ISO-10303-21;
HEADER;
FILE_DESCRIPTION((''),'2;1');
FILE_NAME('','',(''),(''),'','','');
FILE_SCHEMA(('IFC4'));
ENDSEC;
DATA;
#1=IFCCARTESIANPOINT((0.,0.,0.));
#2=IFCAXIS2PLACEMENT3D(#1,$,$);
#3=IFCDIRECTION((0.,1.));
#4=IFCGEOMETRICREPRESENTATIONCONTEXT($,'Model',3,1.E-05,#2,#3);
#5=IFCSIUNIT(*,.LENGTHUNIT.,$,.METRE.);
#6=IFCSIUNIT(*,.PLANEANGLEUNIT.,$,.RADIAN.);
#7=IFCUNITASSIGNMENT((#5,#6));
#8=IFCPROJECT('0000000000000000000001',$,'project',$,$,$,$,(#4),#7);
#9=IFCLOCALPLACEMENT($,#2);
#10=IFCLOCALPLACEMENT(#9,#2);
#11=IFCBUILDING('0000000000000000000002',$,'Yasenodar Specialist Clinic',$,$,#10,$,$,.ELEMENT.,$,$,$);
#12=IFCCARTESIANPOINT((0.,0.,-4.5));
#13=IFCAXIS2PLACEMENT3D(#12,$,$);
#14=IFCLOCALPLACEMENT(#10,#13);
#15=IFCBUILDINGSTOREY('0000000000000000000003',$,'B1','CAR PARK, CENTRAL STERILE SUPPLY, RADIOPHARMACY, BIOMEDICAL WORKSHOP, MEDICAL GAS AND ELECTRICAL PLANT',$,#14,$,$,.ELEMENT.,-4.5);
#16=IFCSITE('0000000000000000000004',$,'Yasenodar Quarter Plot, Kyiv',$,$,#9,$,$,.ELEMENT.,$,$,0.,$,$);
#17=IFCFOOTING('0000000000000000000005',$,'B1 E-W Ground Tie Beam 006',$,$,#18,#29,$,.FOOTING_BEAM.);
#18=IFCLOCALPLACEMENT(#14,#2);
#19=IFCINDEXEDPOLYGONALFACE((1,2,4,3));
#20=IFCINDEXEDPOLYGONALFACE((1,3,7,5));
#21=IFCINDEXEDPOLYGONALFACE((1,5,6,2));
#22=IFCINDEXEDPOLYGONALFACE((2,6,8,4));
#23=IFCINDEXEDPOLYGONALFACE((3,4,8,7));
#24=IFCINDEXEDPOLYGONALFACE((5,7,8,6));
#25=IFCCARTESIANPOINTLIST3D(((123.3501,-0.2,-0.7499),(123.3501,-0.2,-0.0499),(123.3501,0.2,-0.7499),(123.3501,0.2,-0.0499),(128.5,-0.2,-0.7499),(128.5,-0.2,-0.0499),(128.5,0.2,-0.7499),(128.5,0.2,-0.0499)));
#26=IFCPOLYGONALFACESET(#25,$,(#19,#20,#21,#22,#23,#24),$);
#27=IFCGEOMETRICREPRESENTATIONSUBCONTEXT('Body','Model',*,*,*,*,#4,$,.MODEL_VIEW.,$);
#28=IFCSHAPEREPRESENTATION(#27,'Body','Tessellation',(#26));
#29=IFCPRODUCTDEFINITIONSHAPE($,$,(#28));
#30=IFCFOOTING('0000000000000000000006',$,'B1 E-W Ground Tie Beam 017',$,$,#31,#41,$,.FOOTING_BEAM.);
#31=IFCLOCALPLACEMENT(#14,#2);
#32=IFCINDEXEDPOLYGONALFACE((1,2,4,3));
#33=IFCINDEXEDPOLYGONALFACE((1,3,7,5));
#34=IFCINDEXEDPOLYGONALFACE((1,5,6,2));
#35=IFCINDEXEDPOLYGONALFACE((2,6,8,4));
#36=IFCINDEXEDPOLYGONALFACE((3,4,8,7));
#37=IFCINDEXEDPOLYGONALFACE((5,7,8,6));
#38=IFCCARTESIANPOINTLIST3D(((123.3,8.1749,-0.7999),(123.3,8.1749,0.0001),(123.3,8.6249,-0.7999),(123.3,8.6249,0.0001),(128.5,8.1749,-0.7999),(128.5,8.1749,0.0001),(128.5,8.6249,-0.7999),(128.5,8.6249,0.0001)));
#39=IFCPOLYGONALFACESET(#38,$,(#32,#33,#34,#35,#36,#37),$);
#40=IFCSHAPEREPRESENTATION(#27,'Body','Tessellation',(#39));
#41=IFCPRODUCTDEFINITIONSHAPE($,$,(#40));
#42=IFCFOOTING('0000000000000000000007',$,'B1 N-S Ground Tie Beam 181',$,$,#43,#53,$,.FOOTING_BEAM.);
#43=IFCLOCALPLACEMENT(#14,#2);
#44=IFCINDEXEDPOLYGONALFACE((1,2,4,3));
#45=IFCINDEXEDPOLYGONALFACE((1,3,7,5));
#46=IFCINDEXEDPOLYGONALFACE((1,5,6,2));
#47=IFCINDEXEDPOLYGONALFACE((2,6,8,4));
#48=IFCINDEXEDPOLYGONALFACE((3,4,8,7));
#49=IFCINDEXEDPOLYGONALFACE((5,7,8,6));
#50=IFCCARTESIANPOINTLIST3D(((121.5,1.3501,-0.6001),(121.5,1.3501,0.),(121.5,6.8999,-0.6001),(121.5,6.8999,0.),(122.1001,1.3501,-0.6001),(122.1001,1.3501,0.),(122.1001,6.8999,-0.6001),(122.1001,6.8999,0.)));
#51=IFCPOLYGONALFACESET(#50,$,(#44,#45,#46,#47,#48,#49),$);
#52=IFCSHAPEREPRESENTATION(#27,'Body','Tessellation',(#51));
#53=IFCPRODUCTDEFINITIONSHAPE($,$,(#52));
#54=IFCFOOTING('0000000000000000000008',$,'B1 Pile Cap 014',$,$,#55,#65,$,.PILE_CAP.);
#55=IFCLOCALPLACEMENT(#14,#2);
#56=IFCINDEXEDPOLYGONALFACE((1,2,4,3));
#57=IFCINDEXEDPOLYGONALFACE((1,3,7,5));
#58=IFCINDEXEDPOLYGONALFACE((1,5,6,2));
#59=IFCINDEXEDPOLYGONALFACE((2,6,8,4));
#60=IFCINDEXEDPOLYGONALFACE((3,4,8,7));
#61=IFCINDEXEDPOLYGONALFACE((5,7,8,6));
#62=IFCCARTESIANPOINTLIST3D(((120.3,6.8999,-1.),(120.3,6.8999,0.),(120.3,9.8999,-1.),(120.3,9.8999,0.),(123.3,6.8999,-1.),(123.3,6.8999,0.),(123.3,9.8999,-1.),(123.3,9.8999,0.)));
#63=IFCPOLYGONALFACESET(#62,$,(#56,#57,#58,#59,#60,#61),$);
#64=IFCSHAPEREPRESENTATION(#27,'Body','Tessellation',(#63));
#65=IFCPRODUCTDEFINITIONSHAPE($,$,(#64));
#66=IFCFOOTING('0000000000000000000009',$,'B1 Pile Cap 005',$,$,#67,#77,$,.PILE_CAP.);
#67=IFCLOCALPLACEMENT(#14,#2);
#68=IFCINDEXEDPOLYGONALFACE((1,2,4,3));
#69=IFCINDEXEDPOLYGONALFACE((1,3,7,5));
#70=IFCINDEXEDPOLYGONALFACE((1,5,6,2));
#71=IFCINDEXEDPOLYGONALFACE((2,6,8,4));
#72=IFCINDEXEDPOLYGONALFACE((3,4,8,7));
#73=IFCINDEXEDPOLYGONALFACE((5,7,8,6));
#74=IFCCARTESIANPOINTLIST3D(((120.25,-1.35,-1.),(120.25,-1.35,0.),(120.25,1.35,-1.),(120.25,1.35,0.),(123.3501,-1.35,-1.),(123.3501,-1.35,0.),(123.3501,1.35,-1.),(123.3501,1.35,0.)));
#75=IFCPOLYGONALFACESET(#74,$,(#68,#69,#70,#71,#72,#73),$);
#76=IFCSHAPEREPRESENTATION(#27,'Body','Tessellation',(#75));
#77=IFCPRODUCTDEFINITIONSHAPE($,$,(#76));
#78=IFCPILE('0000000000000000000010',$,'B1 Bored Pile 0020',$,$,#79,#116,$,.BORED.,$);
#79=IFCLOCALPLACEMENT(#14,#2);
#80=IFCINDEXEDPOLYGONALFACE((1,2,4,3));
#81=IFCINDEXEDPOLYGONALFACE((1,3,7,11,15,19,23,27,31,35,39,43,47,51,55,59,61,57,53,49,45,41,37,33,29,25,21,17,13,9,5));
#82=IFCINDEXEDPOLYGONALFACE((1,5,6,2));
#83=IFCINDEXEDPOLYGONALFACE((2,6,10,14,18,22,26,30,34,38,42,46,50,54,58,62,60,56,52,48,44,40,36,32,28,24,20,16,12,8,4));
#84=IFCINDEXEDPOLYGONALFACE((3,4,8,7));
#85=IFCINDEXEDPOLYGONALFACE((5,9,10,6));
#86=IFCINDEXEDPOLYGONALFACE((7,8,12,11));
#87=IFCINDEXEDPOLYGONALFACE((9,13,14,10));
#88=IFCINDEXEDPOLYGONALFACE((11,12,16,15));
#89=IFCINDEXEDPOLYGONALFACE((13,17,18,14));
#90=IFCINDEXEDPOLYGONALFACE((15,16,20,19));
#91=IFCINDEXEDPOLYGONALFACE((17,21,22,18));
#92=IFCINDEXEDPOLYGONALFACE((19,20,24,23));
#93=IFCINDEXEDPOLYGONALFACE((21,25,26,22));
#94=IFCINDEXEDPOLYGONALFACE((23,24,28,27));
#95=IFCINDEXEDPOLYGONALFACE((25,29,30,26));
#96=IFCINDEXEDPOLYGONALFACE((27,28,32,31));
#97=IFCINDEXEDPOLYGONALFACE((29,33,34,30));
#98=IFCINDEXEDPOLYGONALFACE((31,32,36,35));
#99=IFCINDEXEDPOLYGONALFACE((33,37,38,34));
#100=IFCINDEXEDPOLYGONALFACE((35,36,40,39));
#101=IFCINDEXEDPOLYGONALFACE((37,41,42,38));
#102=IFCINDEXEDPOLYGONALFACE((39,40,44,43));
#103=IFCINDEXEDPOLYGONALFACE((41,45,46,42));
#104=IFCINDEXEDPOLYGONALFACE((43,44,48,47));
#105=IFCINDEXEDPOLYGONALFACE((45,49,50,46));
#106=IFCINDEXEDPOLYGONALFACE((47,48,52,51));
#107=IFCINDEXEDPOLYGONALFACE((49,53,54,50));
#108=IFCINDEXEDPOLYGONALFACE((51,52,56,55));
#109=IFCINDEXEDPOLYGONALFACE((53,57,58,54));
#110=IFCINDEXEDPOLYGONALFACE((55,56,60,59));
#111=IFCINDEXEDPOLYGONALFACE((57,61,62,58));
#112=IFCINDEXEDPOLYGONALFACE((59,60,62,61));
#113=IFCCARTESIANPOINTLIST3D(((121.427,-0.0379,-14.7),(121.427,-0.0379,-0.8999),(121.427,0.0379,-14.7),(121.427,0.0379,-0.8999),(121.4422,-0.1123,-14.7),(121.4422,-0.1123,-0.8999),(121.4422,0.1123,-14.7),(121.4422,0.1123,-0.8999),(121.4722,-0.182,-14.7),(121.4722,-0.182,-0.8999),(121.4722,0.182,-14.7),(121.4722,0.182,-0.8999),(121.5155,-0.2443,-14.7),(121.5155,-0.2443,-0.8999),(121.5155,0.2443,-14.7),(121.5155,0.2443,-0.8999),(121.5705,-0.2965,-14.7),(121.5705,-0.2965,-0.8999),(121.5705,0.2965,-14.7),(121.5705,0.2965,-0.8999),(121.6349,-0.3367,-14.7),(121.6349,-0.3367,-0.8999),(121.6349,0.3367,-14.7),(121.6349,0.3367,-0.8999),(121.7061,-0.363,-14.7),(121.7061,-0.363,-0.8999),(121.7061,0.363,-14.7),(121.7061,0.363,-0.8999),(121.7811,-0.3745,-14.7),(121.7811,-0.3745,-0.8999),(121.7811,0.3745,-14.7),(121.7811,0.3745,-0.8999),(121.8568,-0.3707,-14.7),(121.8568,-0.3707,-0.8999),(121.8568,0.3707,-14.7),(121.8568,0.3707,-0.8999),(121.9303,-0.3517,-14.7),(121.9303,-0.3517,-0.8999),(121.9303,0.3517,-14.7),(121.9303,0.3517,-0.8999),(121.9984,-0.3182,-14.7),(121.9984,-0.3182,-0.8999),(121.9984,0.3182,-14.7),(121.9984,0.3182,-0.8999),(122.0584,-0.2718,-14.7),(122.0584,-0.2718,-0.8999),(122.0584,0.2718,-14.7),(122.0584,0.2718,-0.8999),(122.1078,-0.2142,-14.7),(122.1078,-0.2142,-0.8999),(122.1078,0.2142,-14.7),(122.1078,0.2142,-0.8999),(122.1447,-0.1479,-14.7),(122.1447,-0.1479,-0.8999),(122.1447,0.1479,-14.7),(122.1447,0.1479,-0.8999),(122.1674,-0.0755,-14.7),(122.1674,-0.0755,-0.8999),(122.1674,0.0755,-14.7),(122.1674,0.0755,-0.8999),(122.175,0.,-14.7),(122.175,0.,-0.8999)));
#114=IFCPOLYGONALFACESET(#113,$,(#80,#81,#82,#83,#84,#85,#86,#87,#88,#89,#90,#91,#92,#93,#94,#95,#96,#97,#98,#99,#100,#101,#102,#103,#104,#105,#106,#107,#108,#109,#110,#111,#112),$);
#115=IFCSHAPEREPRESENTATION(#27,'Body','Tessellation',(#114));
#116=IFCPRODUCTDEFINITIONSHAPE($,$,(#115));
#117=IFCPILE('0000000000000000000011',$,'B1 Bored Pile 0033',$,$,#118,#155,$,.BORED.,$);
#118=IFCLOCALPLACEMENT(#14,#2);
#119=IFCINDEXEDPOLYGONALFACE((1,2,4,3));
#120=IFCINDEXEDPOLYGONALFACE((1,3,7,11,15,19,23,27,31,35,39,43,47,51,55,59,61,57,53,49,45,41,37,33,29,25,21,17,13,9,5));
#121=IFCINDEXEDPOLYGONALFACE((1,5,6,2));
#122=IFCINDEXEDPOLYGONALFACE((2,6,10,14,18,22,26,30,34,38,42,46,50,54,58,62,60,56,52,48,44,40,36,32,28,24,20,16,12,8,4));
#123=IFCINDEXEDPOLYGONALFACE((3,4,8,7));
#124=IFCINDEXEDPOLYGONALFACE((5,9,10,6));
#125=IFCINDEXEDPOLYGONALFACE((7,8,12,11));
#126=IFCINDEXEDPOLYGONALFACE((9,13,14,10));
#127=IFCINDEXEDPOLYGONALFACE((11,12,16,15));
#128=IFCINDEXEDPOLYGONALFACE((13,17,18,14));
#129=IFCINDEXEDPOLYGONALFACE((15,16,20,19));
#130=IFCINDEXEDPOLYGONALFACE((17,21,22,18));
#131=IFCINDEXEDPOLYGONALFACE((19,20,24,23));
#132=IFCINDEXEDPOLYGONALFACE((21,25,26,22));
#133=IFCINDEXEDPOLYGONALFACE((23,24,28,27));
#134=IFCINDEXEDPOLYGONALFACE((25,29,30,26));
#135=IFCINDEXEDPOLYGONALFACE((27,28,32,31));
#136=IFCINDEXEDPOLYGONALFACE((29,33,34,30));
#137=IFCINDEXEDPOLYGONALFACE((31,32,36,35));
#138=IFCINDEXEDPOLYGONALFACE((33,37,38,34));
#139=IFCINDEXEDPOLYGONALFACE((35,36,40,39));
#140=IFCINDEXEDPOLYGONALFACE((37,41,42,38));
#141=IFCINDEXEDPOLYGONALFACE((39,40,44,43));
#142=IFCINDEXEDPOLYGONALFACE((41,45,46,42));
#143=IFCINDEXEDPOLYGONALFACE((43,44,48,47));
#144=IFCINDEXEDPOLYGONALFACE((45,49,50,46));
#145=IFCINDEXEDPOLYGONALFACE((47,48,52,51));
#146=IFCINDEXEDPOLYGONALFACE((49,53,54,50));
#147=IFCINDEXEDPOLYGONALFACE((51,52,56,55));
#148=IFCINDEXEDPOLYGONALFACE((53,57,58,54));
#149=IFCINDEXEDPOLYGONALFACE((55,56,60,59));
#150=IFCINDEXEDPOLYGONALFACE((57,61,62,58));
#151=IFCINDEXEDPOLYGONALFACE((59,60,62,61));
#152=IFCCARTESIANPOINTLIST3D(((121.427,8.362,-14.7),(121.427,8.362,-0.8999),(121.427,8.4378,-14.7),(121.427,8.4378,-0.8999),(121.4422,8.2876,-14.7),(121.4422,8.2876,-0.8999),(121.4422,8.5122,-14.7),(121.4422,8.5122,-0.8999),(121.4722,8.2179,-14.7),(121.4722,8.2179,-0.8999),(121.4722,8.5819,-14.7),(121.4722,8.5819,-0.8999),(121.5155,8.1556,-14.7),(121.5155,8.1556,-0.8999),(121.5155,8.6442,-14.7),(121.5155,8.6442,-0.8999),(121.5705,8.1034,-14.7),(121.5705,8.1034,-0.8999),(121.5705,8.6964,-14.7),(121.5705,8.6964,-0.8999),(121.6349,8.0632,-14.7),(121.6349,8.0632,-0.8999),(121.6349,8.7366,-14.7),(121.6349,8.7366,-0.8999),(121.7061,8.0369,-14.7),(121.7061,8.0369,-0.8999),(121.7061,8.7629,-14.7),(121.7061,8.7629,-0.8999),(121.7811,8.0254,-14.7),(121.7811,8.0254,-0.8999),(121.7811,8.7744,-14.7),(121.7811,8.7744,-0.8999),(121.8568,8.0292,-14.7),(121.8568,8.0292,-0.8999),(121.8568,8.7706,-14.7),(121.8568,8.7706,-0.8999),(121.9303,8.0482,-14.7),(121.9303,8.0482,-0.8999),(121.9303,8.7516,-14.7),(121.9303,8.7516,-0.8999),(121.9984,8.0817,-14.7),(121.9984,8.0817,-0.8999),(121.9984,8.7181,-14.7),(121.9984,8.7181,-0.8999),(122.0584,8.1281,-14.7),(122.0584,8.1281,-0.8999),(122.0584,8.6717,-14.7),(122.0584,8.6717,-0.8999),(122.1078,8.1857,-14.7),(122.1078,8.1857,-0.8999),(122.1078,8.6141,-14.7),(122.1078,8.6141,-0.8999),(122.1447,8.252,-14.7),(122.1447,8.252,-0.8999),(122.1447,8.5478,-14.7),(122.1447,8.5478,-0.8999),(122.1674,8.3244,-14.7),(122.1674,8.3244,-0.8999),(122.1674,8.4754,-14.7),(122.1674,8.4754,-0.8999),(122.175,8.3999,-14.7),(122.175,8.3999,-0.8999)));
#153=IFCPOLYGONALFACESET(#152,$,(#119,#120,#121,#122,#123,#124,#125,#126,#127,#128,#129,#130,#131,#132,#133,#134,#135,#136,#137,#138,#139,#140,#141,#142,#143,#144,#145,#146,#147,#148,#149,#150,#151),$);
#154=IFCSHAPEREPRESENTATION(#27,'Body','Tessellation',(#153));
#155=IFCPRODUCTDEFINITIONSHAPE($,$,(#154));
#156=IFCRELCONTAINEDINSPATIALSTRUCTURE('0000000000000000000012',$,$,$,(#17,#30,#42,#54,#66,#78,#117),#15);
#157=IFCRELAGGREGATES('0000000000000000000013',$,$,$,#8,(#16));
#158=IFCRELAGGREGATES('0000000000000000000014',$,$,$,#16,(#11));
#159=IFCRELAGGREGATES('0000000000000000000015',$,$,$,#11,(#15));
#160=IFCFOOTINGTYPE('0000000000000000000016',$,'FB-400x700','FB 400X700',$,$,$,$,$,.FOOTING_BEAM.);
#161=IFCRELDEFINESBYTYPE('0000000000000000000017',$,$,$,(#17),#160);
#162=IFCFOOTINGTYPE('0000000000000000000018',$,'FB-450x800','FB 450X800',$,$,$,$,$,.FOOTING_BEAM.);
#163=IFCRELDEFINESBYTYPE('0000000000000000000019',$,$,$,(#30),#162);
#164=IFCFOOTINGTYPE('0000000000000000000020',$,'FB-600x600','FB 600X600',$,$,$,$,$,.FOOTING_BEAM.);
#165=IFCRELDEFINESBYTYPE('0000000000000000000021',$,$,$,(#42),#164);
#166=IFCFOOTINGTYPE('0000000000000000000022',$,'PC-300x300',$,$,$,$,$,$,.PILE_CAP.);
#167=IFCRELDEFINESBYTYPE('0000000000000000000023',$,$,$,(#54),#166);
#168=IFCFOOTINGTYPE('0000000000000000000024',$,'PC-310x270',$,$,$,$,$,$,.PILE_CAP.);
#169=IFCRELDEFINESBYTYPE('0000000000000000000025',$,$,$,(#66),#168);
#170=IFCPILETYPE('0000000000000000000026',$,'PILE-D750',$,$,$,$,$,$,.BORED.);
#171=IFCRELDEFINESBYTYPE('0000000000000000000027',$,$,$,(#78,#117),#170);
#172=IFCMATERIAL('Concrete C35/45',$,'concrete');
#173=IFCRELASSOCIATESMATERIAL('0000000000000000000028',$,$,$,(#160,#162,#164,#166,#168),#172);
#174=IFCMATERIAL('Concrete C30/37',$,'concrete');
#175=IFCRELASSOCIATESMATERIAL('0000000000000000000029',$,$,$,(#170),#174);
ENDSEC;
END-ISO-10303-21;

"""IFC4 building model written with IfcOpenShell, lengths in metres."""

from ifc_helpers import new_model, si_unit, direction, frame, origin, origin_2d, place, context, subcontext, project, spatial, rectangle, circle, extrude, material, material_profile, profile_set, type_object, element, save


model = new_model("IFC4")

# Units and contexts
model_context = context("Model", 3, precision=1e-05, world=origin(), true_north=direction((0.0, 1.0)))
body_context = subcontext(model_context, "Body", "Model", "MODEL_VIEW")
ifc_project = project(units=[si_unit("LENGTHUNIT", "METRE"), si_unit("PLANEANGLEUNIT", "RADIAN")], contexts=[model_context])

# Site, building, storey
site_placement = place(None, origin())
site = spatial("IfcSite", under=ifc_project, at=site_placement, Name="Yasenodar Quarter Plot, Kyiv", CompositionType="ELEMENT", RefElevation=0.0)
building_placement = place(site_placement, origin())
building = spatial("IfcBuilding", under=site, at=building_placement, Name="Yasenodar Specialist Clinic", CompositionType="ELEMENT")
storey_placement = place(building_placement, frame((0.0, 0.0, -4.5)))
storey = spatial("IfcBuildingStorey", under=building, at=storey_placement, Name="B1", Description="CAR PARK, CENTRAL STERILE SUPPLY, RADIOPHARMACY, BIOMEDICAL WORKSHOP, MEDICAL GAS AND ELECTRICAL PLANT", CompositionType="ELEMENT", Elevation=-4.5)

# Footings
ifc_material_1 = material(Name="Concrete C35/45", Category="concrete")
ifc_material_profile_1 = material_profile(ifc_material_1, rectangle(XDim=0.3999, YDim=0.7, at=origin_2d()), Name="RC 400x700")
ifc_profile_set_1 = profile_set([ifc_material_profile_1], Name="Concrete C35/45")
footing_type_1 = type_object("IfcFootingType", Name="FB-400x700", Description="FB 400X700", PredefinedType="FOOTING_BEAM", material=ifc_profile_set_1)
footing_1_placement = place(storey_placement, frame((123.3501, 0.0, -0.3999), z_axis=(1.0, 0.0, 0.0), x_axis=(0.0, 1.0, 0.0)))
element("IfcFooting", 1, at=footing_1_placement, inside=storey, type_object=footing_type_1, Name="B1 E-W Ground Tie Beam 006", PredefinedType="FOOTING_BEAM", context=body_context, shape_type="SweptSolid", body=[
    extrude(rectangle(XDim=0.3999, YDim=0.7, at=origin_2d()), origin(), (0.0, 0.0, 1.0), 5.1499),
])
ifc_material_profile_2 = material_profile(ifc_material_1, rectangle(XDim=0.45, YDim=0.8, at=origin_2d()), Name="RC 450x800")
ifc_profile_set_2 = profile_set([ifc_material_profile_2], Name="Concrete C35/45")
footing_type_2 = type_object("IfcFootingType", Name="FB-450x800", Description="FB 450X800", PredefinedType="FOOTING_BEAM", material=ifc_profile_set_2)
footing_2_placement = place(storey_placement, frame((123.3, 8.3999, -0.3999), z_axis=(1.0, 0.0, 0.0), x_axis=(0.0, 1.0, 0.0)))
element("IfcFooting", 2, at=footing_2_placement, inside=storey, type_object=footing_type_2, Name="B1 E-W Ground Tie Beam 017", PredefinedType="FOOTING_BEAM", context=body_context, shape_type="SweptSolid", body=[
    extrude(rectangle(XDim=0.45, YDim=0.8, at=origin_2d()), origin(), (0.0, 0.0, 1.0), 5.2),
])
ifc_material_profile_3 = material_profile(ifc_material_1, rectangle(XDim=0.6001, YDim=0.6001, at=origin_2d()), Name="RC 600x600")
ifc_profile_set_3 = profile_set([ifc_material_profile_3], Name="Concrete C35/45")
footing_type_3 = type_object("IfcFootingType", Name="FB-600x600", Description="FB 600X600", PredefinedType="FOOTING_BEAM", material=ifc_profile_set_3)
footing_3_placement = place(storey_placement, frame((121.8, 1.3501, -0.3), z_axis=(0.0, 1.0, 0.0), x_axis=(-1.0, 0.0, 0.0)))
element("IfcFooting", 3, at=footing_3_placement, inside=storey, type_object=footing_type_3, Name="B1 N-S Ground Tie Beam 181", PredefinedType="FOOTING_BEAM", context=body_context, shape_type="SweptSolid", body=[
    extrude(rectangle(XDim=0.6001, YDim=0.6001, at=origin_2d()), origin(), (0.0, 0.0, 1.0), 5.5498),
])
footing_type_4 = type_object("IfcFootingType", Name="PC-300x300", PredefinedType="PILE_CAP", material=ifc_material_1)
footing_4_placement = place(storey_placement, frame((121.8, 8.3999, -1.0), z_axis=(0.0, 0.0, 1.0), x_axis=(1.0, 0.0, 0.0)))
element("IfcFooting", 4, at=footing_4_placement, inside=storey, type_object=footing_type_4, Name="B1 Pile Cap 014", PredefinedType="PILE_CAP", context=body_context, shape_type="SweptSolid", body=[
    extrude(rectangle(XDim=3.0, YDim=3.0, at=origin_2d()), origin(), (0.0, 0.0, 1.0), 1.0),
])
footing_type_5 = type_object("IfcFootingType", Name="PC-310x270", PredefinedType="PILE_CAP", material=ifc_material_1)
footing_5_placement = place(storey_placement, frame((121.8, 0.0, -1.0), z_axis=(0.0, 0.0, 1.0), x_axis=(1.0, 0.0, 0.0)))
element("IfcFooting", 5, at=footing_5_placement, inside=storey, type_object=footing_type_5, Name="B1 Pile Cap 005", PredefinedType="PILE_CAP", context=body_context, shape_type="SweptSolid", body=[
    extrude(rectangle(XDim=3.1001, YDim=2.7, at=origin_2d()), origin(), (0.0, 0.0, 1.0), 1.0),
])

# Piles
ifc_material_2 = material(Name="Concrete C30/37", Category="concrete")
ifc_material_profile_4 = material_profile(ifc_material_2, circle(Radius=0.375, at=origin_2d()), Name="PILE D750")
ifc_profile_set_4 = profile_set([ifc_material_profile_4], Name="Concrete C30/37")
pile_type_1 = type_object("IfcPileType", Name="PILE-D750", PredefinedType="BORED", material=ifc_profile_set_4)
for number, where, z_axis, x_axis, name in (
    (6, (121.8, 0.0, -0.8999), (0.0, 0.0, -1.0), (1.0, 0.0, 0.0), "B1 Bored Pile 0020"),
    (7, (121.8, 8.3999, -0.8999), (0.0, 0.0, -1.0), (1.0, 0.0, 0.0), "B1 Bored Pile 0033"),
):
    element("IfcPile", number, at=place(storey_placement, frame(where, z_axis=z_axis, x_axis=x_axis)), inside=storey, type_object=pile_type_1, Name=name, PredefinedType="BORED", context=body_context, shape_type="SweptSolid", body=[
        extrude(circle(Radius=0.375, at=origin_2d()), origin(), (0.0, 0.0, 1.0), 13.8),
    ])

save(model, "model.ifc")
